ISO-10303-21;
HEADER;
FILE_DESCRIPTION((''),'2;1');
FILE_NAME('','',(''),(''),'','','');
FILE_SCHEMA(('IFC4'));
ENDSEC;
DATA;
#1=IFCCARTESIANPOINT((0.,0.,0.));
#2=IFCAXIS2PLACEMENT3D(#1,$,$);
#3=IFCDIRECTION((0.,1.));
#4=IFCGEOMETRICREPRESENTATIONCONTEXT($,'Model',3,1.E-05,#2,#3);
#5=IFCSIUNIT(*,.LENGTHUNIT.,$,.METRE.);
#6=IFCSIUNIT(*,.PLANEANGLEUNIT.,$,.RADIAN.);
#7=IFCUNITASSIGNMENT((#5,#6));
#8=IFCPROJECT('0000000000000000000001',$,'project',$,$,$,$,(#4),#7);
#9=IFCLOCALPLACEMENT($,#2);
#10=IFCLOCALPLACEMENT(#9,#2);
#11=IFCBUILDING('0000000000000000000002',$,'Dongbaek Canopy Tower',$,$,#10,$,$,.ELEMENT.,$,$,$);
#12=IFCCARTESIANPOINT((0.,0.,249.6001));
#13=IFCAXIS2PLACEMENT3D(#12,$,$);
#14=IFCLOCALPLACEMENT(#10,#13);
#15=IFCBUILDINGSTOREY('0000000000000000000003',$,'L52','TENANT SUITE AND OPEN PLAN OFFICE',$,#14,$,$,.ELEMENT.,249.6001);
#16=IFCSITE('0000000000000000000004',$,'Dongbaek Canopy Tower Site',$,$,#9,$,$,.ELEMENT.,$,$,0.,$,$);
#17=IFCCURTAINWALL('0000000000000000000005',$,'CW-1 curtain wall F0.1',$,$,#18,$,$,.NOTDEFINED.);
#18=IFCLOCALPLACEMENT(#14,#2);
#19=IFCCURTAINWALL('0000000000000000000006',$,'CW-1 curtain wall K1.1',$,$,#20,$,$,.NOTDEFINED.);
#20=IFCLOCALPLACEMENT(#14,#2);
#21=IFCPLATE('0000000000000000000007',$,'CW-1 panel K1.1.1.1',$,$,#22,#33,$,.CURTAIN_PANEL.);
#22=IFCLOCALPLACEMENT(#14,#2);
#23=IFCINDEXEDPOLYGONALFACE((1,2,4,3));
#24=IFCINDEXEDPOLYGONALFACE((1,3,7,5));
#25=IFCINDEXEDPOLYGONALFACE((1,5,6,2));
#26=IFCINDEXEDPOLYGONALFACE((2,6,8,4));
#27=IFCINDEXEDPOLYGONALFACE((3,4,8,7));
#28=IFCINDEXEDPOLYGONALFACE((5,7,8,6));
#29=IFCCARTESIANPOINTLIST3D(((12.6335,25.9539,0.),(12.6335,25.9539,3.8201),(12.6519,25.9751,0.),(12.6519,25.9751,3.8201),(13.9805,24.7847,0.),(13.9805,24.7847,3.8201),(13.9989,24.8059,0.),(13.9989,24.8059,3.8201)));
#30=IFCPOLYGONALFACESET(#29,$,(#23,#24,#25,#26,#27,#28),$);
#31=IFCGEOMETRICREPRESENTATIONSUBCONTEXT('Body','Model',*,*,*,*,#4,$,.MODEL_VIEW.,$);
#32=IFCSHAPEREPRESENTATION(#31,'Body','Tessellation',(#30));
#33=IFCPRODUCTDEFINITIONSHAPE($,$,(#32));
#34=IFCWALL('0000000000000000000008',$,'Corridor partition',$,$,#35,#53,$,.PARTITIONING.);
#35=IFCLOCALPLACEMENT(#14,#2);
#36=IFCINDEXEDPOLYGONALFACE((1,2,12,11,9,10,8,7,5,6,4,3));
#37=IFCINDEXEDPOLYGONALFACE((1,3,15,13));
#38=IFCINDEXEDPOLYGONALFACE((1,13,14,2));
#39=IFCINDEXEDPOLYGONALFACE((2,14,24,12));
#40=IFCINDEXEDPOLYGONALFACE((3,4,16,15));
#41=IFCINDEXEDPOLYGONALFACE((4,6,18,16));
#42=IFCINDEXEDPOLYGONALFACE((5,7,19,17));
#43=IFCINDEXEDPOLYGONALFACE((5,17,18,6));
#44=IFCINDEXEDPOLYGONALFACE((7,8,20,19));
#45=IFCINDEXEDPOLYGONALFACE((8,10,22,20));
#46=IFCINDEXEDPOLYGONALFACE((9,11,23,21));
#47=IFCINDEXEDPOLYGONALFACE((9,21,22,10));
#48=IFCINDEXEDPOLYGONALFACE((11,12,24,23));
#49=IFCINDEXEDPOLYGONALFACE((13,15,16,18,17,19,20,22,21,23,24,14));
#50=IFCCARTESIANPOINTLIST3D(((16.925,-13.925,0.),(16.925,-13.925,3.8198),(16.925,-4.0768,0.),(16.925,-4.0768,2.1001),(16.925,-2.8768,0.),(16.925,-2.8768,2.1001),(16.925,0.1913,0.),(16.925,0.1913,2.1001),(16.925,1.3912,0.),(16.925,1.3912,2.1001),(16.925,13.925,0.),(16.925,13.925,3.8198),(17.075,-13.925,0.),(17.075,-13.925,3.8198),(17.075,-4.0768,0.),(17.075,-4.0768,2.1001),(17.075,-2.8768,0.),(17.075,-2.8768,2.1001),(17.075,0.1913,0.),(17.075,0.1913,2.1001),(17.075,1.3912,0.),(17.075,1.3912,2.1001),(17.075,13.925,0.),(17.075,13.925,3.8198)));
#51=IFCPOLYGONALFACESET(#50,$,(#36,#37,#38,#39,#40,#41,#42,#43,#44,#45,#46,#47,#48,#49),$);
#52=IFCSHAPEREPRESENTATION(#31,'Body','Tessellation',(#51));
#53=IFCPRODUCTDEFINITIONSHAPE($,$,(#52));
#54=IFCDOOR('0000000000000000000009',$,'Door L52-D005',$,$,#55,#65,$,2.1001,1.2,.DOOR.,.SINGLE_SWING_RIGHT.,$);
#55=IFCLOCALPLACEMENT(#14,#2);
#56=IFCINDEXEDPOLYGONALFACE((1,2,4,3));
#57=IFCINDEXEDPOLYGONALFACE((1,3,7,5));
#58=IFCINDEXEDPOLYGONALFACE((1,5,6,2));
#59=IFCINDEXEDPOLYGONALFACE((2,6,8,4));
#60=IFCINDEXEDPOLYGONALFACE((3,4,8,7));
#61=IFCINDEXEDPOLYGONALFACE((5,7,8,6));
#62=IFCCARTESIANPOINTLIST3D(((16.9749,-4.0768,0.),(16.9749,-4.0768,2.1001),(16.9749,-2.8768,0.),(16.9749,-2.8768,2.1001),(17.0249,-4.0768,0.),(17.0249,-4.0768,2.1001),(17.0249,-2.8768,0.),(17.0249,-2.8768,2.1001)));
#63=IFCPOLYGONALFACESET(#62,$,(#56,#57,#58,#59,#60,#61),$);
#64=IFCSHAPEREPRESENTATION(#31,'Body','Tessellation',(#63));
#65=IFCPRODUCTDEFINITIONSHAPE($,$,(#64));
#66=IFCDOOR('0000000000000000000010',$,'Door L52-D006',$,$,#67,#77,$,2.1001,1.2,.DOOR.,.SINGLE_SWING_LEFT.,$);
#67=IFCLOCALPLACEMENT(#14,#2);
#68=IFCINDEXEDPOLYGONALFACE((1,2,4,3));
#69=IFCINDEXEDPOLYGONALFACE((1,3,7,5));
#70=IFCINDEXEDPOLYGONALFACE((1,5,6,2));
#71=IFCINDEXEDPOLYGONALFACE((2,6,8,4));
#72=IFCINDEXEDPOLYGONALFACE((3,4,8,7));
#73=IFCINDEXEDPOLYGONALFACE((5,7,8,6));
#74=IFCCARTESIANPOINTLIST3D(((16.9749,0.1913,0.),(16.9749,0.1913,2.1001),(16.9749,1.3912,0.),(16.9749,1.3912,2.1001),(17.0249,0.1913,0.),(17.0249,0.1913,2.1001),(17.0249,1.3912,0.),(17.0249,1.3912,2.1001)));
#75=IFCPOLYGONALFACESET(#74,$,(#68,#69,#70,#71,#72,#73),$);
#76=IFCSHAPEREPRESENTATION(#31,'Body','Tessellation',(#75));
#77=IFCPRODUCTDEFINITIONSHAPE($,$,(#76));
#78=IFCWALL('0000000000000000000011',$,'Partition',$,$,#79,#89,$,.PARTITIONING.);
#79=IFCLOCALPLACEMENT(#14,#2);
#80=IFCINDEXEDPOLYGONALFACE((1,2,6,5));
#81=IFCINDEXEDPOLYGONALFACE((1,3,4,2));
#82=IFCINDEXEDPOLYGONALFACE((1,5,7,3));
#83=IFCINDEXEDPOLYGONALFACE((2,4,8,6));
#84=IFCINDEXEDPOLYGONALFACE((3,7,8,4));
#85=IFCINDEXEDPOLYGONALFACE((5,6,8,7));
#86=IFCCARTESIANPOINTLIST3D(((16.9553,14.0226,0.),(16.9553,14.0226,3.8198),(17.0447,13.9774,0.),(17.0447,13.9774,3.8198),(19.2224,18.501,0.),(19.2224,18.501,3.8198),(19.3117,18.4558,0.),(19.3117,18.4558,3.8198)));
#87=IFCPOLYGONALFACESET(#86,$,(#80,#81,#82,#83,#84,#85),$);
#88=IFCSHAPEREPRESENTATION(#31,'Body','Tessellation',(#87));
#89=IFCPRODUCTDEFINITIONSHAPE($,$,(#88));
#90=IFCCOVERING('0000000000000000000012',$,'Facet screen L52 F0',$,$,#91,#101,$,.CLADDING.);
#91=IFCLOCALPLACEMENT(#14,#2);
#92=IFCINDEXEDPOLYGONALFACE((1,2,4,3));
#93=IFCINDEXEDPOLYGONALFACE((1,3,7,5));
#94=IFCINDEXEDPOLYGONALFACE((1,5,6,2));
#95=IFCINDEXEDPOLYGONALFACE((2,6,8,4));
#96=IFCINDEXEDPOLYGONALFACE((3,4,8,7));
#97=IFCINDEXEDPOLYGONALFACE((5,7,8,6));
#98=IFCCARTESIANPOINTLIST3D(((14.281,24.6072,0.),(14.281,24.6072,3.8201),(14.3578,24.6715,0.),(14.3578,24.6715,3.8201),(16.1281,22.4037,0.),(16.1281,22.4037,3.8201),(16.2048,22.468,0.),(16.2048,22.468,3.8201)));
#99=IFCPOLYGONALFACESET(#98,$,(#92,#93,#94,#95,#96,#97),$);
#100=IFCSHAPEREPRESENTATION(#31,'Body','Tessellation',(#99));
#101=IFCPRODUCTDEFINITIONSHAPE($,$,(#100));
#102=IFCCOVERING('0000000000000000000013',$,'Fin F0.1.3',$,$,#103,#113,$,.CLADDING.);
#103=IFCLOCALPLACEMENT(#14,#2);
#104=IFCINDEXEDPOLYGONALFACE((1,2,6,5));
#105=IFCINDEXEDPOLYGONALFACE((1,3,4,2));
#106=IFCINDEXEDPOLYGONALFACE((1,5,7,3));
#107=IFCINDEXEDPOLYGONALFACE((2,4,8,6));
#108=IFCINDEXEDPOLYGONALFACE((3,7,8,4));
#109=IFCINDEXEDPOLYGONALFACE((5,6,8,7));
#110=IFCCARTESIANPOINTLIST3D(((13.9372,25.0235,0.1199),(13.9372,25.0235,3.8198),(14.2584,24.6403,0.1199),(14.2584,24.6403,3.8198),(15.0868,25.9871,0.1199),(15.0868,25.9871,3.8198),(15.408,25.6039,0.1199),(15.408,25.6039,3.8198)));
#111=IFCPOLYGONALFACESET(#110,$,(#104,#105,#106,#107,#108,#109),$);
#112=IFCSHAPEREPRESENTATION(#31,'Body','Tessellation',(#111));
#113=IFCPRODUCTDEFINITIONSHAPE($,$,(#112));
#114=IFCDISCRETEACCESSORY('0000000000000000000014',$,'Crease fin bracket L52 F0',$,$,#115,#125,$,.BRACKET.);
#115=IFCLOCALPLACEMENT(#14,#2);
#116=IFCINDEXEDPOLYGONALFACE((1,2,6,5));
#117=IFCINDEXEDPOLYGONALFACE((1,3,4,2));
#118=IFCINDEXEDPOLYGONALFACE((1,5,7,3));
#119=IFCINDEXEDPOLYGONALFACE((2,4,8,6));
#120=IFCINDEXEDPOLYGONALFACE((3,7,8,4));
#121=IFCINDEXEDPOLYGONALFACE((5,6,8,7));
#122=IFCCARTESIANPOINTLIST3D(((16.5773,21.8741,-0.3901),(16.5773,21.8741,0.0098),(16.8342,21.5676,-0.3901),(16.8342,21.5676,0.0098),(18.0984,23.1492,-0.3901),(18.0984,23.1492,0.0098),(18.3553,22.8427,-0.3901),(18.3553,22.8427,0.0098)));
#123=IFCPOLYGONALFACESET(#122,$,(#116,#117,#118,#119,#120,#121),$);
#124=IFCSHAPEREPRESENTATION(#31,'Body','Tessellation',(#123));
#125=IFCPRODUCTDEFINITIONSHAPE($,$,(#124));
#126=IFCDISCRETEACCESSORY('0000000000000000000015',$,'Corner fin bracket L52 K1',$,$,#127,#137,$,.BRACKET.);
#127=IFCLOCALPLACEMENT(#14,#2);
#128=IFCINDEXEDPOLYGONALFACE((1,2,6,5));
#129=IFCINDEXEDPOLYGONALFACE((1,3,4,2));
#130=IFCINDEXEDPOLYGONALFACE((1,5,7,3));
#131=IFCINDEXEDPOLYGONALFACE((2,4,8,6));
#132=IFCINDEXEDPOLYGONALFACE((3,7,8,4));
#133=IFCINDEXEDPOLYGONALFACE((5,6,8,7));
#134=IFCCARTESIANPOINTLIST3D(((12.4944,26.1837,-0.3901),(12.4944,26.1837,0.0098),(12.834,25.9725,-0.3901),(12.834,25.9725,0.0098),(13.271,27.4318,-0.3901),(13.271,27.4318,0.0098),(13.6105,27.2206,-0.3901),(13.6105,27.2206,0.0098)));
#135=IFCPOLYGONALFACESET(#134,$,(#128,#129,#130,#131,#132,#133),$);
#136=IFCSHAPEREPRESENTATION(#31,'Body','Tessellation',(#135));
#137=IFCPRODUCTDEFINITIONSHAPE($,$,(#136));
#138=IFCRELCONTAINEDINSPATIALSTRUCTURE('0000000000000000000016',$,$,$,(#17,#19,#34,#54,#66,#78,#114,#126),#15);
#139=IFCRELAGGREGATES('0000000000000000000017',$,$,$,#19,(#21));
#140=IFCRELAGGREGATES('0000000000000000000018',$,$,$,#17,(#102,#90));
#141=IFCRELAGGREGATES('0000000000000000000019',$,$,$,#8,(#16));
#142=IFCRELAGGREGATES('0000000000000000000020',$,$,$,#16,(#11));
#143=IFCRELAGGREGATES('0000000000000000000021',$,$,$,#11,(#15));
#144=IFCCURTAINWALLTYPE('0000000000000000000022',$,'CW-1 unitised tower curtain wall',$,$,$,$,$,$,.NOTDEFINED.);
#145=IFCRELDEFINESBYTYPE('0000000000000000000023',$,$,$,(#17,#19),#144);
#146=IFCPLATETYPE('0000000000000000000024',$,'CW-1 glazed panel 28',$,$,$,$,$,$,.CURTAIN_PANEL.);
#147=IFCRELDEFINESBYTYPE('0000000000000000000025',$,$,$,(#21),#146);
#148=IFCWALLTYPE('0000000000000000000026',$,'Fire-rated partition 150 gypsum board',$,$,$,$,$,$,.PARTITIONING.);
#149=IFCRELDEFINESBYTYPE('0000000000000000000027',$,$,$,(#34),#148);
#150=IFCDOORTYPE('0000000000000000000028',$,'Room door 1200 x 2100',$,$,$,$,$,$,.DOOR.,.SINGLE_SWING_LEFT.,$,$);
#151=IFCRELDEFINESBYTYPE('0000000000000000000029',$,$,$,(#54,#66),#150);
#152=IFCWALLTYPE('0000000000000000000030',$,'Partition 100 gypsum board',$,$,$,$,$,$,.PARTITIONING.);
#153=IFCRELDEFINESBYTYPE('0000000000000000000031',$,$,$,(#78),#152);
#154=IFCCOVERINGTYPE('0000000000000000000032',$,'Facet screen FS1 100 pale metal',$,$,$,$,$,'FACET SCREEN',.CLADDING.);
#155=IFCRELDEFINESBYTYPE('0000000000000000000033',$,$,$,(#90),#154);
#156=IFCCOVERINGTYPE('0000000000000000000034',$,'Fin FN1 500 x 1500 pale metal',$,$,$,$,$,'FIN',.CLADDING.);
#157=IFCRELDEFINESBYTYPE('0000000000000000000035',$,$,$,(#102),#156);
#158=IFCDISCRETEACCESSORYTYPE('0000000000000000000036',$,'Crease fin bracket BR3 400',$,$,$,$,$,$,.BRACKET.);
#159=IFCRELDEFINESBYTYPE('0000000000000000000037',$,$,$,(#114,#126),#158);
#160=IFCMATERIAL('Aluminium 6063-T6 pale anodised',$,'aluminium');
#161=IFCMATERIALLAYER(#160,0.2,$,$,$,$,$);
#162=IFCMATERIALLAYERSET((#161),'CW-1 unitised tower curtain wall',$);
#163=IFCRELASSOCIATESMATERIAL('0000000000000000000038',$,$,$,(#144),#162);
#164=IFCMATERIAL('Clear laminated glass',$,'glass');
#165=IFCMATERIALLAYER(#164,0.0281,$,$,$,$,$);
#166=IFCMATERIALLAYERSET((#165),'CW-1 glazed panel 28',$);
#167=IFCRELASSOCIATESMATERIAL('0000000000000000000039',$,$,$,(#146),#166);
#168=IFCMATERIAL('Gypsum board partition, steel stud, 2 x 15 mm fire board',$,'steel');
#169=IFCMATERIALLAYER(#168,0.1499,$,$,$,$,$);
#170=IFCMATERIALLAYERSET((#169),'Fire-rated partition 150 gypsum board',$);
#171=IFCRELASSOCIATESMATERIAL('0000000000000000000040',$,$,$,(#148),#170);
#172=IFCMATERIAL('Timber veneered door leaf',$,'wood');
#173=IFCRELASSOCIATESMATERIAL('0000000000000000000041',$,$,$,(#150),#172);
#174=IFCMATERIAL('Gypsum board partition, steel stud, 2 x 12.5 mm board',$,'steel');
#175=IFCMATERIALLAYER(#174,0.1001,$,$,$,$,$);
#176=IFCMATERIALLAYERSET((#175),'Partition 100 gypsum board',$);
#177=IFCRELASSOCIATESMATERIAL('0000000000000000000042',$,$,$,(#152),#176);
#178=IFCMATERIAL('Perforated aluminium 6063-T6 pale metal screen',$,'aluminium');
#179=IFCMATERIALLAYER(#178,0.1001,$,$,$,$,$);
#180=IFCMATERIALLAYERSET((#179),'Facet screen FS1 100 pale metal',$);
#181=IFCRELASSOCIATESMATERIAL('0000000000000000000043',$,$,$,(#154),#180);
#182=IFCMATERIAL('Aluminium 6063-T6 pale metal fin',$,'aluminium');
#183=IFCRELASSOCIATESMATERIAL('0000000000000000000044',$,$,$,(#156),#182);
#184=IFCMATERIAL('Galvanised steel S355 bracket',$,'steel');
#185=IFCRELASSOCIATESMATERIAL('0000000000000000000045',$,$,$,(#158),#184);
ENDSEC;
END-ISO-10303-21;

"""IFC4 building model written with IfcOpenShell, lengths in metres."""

from ifc_helpers import new_model, si_unit, direction, frame, frame_2d, origin, origin_2d, place, context, subcontext, project, spatial, rectangle, extrude, material, layer, layer_set, material_profile, profile_set, type_object, element, fill, aggregate, save


model = new_model("IFC4")

# Units and contexts
model_context = context("Model", 3, precision=1e-05, world=origin(), true_north=direction((0.0, 1.0)))
body_context = subcontext(model_context, "Body", "Model", "MODEL_VIEW")
ifc_project = project(units=[si_unit("LENGTHUNIT", "METRE"), si_unit("PLANEANGLEUNIT", "RADIAN")], contexts=[model_context])

# Site, building, storey
site_placement = place(None, origin())
site = spatial("IfcSite", under=ifc_project, at=site_placement, Name="Dongbaek Canopy Tower Site", CompositionType="ELEMENT", RefElevation=0.0)
building_placement = place(site_placement, origin())
building = spatial("IfcBuilding", under=site, at=building_placement, Name="Dongbaek Canopy Tower", CompositionType="ELEMENT")
storey_placement = place(building_placement, frame((0.0, 0.0, 249.6001)))
storey = spatial("IfcBuildingStorey", under=building, at=storey_placement, Name="L52", Description="TENANT SUITE AND OPEN PLAN OFFICE", CompositionType="ELEMENT", Elevation=249.6001)

# Curtain wall
ifc_material_1 = material(Name="Aluminium 6063-T6 pale anodised", Category="aluminium")
ifc_layer_1 = layer(ifc_material_1, 0.2)
ifc_layer_set_1 = layer_set([ifc_layer_1], Name="CW-1 unitised tower curtain wall")
curtain_wall_type = type_object("IfcCurtainWallType", Name="CW-1 unitised tower curtain wall", PredefinedType="NOTDEFINED", material=ifc_layer_set_1)
curtain_wall_1_placement = place(storey_placement, origin())
curtain_wall_1 = element("IfcCurtainWall", 1, at=curtain_wall_1_placement, inside=storey, type_object=curtain_wall_type, Name="CW-1 curtain wall F0.1", PredefinedType="NOTDEFINED")

# Shared definitions
ifc_material_2 = material(Name="Clear laminated glass", Category="glass")
ifc_layer_2 = layer(ifc_material_2, 0.0281)
ifc_layer_set_2 = layer_set([ifc_layer_2], Name="CW-1 glazed panel 28")
plate_type = type_object("IfcPlateType", Name="CW-1 glazed panel 28", PredefinedType="CURTAIN_PANEL", material=ifc_layer_set_2)

# Curtain wall, plate
curtain_wall_2_placement = place(storey_placement, origin())
curtain_wall_2 = element("IfcCurtainWall", 2, at=curtain_wall_2_placement, inside=storey, type_object=curtain_wall_type, Name="CW-1 curtain wall K1.1", PredefinedType="NOTDEFINED")
plate_1_placement = place(storey_placement, frame((13.3162, 25.3799, 0.0), z_axis=(0.0, 0.0, 1.0), x_axis=(-0.755169, 0.65553, 0.0)))
plate_1 = element("IfcPlate", 3, at=plate_1_placement, type_object=plate_type, Name="CW-1 panel K1.1.1.1", PredefinedType="CURTAIN_PANEL", context=body_context, shape_type="SweptSolid", body=[
    extrude(rectangle(XDim=1.7837, YDim=0.0281, at=origin_2d()), origin(), (0.0, 0.0, 1.0), 3.8201),
])
aggregate(curtain_wall_2, [plate_1])

# Wall, openings, doors
ifc_material_3 = material(Name="Gypsum board partition, steel stud, 2 x 15 mm fire board", Category="steel")
ifc_layer_3 = layer(ifc_material_3, 0.1499)
ifc_layer_set_3 = layer_set([ifc_layer_3], Name="Fire-rated partition 150 gypsum board")
wall_type_1 = type_object("IfcWallType", Name="Fire-rated partition 150 gypsum board", PredefinedType="PARTITIONING", material=ifc_layer_set_3)
wall_1_placement = place(storey_placement, frame((17.0, 13.925, 0.0), z_axis=(0.0, 0.0, 1.0), x_axis=(0.0, -1.0, 0.0)))
wall_1 = element("IfcWall", 4, at=wall_1_placement, inside=storey, type_object=wall_type_1, Name="Corridor partition", PredefinedType="PARTITIONING", context=body_context, shape_type="SweptSolid", body=[
    extrude(rectangle(XDim=27.8501, YDim=0.1499, at=frame_2d((13.925, 0.0))), origin(), (0.0, 0.0, 1.0), 3.8198),
])
opening_1_placement = place(wall_1_placement, frame((16.8018, 0.0, 0.0)))
opening_1 = element("IfcOpeningElement", 5, at=opening_1_placement, cuts=wall_1, PredefinedType="OPENING", context=body_context, shape_type="SweptSolid", body=[
    extrude(rectangle(XDim=1.2, YDim=2.1001, at=frame_2d((0.6001, 1.05))), frame((0.0, 0.085, 0.0), z_axis=(0.0, -1.0, 0.0), x_axis=(1.0, 0.0, 0.0)), (0.0, 0.0, 1.0), 0.1699),
])
opening_2_placement = place(wall_1_placement, frame((12.5337, 0.0, 0.0)))
opening_2 = element("IfcOpeningElement", 6, at=opening_2_placement, cuts=wall_1, PredefinedType="OPENING", context=body_context, shape_type="SweptSolid", body=[
    extrude(rectangle(XDim=1.2, YDim=2.1001, at=frame_2d((0.6001, 1.05))), frame((0.0, 0.085, 0.0), z_axis=(0.0, -1.0, 0.0), x_axis=(1.0, 0.0, 0.0)), (0.0, 0.0, 1.0), 0.1699),
])
ifc_material_4 = material(Name="Timber veneered door leaf", Category="wood")
door_type = type_object("IfcDoorType", Name="Room door 1200 x 2100", OperationType="SINGLE_SWING_LEFT", PredefinedType="DOOR", material=ifc_material_4)
door_1_placement = place(opening_1_placement, origin())
door_1 = element("IfcDoor", 7, at=door_1_placement, inside=storey, type_object=door_type, Name="Door L52-D005", OperationType="SINGLE_SWING_RIGHT", OverallHeight=2.1001, OverallWidth=1.2, PredefinedType="DOOR", context=body_context, shape_type="SweptSolid", body=[
    extrude(rectangle(XDim=1.2, YDim=2.1001, at=frame_2d((0.6001, 1.05))), frame((0.0, 0.0249, 0.0), z_axis=(0.0, -1.0, 0.0), x_axis=(1.0, 0.0, 0.0)), (0.0, 0.0, 1.0), 0.05),
])
fill(opening_1, door_1)
door_2_placement = place(opening_2_placement, origin())
door_2 = element("IfcDoor", 8, at=door_2_placement, inside=storey, type_object=door_type, Name="Door L52-D006", OperationType="SINGLE_SWING_LEFT", OverallHeight=2.1001, OverallWidth=1.2, PredefinedType="DOOR", context=body_context, shape_type="SweptSolid", body=[
    extrude(rectangle(XDim=1.2, YDim=2.1001, at=frame_2d((0.6001, 1.05))), frame((0.0, 0.0249, 0.0), z_axis=(0.0, -1.0, 0.0), x_axis=(1.0, 0.0, 0.0)), (0.0, 0.0, 1.0), 0.05),
])
fill(opening_2, door_2)

# Wall
ifc_material_5 = material(Name="Gypsum board partition, steel stud, 2 x 12.5 mm board", Category="steel")
ifc_layer_4 = layer(ifc_material_5, 0.1001)
ifc_layer_set_4 = layer_set([ifc_layer_4], Name="Partition 100 gypsum board")
wall_type_2 = type_object("IfcWallType", Name="Partition 100 gypsum board", PredefinedType="PARTITIONING", material=ifc_layer_set_4)
wall_2_placement = place(storey_placement, frame((17.0, 14.0, 0.0), z_axis=(0.0, 0.0, 1.0), x_axis=(0.451644, 0.892198, 0.0)))
element("IfcWall", 9, at=wall_2_placement, inside=storey, type_object=wall_type_2, Name="Partition", PredefinedType="PARTITIONING", context=body_context, shape_type="SweptSolid", body=[
    extrude(rectangle(XDim=5.0195, YDim=0.1001, at=frame_2d((2.5098, 0.0))), origin(), (0.0, 0.0, 1.0), 3.8198),
])

# Coverings
ifc_material_6 = material(Name="Perforated aluminium 6063-T6 pale metal screen", Category="aluminium")
ifc_layer_5 = layer(ifc_material_6, 0.1001)
ifc_layer_set_5 = layer_set([ifc_layer_5], Name="Facet screen FS1 100 pale metal")
covering_type_1 = type_object("IfcCoveringType", Name="Facet screen FS1 100 pale metal", ElementType="FACET SCREEN", PredefinedType="CLADDING", material=ifc_layer_set_5)
covering_1_placement = place(storey_placement, frame((15.2429, 23.5376, 0.0), z_axis=(0.0, 0.0, 1.0), x_axis=(-0.642393, 0.766375, 0.0)))
covering_1 = element("IfcCovering", 10, at=covering_1_placement, type_object=covering_type_1, Name="Facet screen L52 F0", PredefinedType="CLADDING", context=body_context, shape_type="SweptSolid", body=[
    extrude(rectangle(XDim=2.8752, YDim=0.1001, at=origin_2d()), origin(), (0.0, 0.0, 1.0), 3.8201),
])
ifc_material_7 = material(Name="Aluminium 6063-T6 pale metal fin", Category="aluminium")
ifc_material_profile_1 = material_profile(ifc_material_7, rectangle(XDim=1.5, YDim=0.5, at=origin_2d()), Name="Fin FN1 500 x 1500 pale metal")
ifc_profile_set_1 = profile_set([ifc_material_profile_1], Name="Aluminium 6063-T6 pale metal fin")
covering_type_2 = type_object("IfcCoveringType", Name="Fin FN1 500 x 1500 pale metal", ElementType="FIN", PredefinedType="CLADDING", material=ifc_profile_set_1)
covering_2_placement = place(storey_placement, frame((14.6726, 25.3137, 0.1199), z_axis=(0.0, 0.0, 1.0), x_axis=(0.766375, 0.642393, 0.0)))
covering_2 = element("IfcCovering", 11, at=covering_2_placement, type_object=covering_type_2, Name="Fin F0.1.3", PredefinedType="CLADDING", context=body_context, shape_type="SweptSolid", body=[
    extrude(rectangle(XDim=1.5, YDim=0.5, at=origin_2d()), origin(), (0.0, 0.0, 1.0), 3.7),
])
aggregate(curtain_wall_1, [covering_2, covering_1])

# Discrete accessories
ifc_material_8 = material(Name="Galvanised steel S355 bracket", Category="steel")
discrete_accessory_type = type_object("IfcDiscreteAccessoryType", Name="Crease fin bracket BR3 400", PredefinedType="BRACKET", material=ifc_material_8)
discrete_accessory_1_placement = place(storey_placement, frame((17.4663, 22.3584, -0.3901), z_axis=(0.0, 0.0, 1.0), x_axis=(0.766375, 0.642393, 0.0)))
element("IfcDiscreteAccessory", 12, at=discrete_accessory_1_placement, inside=storey, type_object=discrete_accessory_type, Name="Crease fin bracket L52 F0", PredefinedType="BRACKET", context=body_context, shape_type="SweptSolid", body=[
    extrude(rectangle(XDim=1.9849, YDim=0.3999, at=origin_2d()), origin(), (0.0, 0.0, 1.0), 0.3999),
])
discrete_accessory_2_placement = place(storey_placement, frame((13.0525, 26.7021, -0.3901), z_axis=(0.0, 0.0, 1.0), x_axis=(0.528293, 0.849062, 0.0)))
element("IfcDiscreteAccessory", 13, at=discrete_accessory_2_placement, inside=storey, type_object=discrete_accessory_type, Name="Corner fin bracket L52 K1", PredefinedType="BRACKET", context=body_context, shape_type="SweptSolid", body=[
    extrude(rectangle(XDim=1.47, YDim=0.3999, at=origin_2d()), origin(), (0.0, 0.0, 1.0), 0.3999),
])

save(model, "model.ifc")
